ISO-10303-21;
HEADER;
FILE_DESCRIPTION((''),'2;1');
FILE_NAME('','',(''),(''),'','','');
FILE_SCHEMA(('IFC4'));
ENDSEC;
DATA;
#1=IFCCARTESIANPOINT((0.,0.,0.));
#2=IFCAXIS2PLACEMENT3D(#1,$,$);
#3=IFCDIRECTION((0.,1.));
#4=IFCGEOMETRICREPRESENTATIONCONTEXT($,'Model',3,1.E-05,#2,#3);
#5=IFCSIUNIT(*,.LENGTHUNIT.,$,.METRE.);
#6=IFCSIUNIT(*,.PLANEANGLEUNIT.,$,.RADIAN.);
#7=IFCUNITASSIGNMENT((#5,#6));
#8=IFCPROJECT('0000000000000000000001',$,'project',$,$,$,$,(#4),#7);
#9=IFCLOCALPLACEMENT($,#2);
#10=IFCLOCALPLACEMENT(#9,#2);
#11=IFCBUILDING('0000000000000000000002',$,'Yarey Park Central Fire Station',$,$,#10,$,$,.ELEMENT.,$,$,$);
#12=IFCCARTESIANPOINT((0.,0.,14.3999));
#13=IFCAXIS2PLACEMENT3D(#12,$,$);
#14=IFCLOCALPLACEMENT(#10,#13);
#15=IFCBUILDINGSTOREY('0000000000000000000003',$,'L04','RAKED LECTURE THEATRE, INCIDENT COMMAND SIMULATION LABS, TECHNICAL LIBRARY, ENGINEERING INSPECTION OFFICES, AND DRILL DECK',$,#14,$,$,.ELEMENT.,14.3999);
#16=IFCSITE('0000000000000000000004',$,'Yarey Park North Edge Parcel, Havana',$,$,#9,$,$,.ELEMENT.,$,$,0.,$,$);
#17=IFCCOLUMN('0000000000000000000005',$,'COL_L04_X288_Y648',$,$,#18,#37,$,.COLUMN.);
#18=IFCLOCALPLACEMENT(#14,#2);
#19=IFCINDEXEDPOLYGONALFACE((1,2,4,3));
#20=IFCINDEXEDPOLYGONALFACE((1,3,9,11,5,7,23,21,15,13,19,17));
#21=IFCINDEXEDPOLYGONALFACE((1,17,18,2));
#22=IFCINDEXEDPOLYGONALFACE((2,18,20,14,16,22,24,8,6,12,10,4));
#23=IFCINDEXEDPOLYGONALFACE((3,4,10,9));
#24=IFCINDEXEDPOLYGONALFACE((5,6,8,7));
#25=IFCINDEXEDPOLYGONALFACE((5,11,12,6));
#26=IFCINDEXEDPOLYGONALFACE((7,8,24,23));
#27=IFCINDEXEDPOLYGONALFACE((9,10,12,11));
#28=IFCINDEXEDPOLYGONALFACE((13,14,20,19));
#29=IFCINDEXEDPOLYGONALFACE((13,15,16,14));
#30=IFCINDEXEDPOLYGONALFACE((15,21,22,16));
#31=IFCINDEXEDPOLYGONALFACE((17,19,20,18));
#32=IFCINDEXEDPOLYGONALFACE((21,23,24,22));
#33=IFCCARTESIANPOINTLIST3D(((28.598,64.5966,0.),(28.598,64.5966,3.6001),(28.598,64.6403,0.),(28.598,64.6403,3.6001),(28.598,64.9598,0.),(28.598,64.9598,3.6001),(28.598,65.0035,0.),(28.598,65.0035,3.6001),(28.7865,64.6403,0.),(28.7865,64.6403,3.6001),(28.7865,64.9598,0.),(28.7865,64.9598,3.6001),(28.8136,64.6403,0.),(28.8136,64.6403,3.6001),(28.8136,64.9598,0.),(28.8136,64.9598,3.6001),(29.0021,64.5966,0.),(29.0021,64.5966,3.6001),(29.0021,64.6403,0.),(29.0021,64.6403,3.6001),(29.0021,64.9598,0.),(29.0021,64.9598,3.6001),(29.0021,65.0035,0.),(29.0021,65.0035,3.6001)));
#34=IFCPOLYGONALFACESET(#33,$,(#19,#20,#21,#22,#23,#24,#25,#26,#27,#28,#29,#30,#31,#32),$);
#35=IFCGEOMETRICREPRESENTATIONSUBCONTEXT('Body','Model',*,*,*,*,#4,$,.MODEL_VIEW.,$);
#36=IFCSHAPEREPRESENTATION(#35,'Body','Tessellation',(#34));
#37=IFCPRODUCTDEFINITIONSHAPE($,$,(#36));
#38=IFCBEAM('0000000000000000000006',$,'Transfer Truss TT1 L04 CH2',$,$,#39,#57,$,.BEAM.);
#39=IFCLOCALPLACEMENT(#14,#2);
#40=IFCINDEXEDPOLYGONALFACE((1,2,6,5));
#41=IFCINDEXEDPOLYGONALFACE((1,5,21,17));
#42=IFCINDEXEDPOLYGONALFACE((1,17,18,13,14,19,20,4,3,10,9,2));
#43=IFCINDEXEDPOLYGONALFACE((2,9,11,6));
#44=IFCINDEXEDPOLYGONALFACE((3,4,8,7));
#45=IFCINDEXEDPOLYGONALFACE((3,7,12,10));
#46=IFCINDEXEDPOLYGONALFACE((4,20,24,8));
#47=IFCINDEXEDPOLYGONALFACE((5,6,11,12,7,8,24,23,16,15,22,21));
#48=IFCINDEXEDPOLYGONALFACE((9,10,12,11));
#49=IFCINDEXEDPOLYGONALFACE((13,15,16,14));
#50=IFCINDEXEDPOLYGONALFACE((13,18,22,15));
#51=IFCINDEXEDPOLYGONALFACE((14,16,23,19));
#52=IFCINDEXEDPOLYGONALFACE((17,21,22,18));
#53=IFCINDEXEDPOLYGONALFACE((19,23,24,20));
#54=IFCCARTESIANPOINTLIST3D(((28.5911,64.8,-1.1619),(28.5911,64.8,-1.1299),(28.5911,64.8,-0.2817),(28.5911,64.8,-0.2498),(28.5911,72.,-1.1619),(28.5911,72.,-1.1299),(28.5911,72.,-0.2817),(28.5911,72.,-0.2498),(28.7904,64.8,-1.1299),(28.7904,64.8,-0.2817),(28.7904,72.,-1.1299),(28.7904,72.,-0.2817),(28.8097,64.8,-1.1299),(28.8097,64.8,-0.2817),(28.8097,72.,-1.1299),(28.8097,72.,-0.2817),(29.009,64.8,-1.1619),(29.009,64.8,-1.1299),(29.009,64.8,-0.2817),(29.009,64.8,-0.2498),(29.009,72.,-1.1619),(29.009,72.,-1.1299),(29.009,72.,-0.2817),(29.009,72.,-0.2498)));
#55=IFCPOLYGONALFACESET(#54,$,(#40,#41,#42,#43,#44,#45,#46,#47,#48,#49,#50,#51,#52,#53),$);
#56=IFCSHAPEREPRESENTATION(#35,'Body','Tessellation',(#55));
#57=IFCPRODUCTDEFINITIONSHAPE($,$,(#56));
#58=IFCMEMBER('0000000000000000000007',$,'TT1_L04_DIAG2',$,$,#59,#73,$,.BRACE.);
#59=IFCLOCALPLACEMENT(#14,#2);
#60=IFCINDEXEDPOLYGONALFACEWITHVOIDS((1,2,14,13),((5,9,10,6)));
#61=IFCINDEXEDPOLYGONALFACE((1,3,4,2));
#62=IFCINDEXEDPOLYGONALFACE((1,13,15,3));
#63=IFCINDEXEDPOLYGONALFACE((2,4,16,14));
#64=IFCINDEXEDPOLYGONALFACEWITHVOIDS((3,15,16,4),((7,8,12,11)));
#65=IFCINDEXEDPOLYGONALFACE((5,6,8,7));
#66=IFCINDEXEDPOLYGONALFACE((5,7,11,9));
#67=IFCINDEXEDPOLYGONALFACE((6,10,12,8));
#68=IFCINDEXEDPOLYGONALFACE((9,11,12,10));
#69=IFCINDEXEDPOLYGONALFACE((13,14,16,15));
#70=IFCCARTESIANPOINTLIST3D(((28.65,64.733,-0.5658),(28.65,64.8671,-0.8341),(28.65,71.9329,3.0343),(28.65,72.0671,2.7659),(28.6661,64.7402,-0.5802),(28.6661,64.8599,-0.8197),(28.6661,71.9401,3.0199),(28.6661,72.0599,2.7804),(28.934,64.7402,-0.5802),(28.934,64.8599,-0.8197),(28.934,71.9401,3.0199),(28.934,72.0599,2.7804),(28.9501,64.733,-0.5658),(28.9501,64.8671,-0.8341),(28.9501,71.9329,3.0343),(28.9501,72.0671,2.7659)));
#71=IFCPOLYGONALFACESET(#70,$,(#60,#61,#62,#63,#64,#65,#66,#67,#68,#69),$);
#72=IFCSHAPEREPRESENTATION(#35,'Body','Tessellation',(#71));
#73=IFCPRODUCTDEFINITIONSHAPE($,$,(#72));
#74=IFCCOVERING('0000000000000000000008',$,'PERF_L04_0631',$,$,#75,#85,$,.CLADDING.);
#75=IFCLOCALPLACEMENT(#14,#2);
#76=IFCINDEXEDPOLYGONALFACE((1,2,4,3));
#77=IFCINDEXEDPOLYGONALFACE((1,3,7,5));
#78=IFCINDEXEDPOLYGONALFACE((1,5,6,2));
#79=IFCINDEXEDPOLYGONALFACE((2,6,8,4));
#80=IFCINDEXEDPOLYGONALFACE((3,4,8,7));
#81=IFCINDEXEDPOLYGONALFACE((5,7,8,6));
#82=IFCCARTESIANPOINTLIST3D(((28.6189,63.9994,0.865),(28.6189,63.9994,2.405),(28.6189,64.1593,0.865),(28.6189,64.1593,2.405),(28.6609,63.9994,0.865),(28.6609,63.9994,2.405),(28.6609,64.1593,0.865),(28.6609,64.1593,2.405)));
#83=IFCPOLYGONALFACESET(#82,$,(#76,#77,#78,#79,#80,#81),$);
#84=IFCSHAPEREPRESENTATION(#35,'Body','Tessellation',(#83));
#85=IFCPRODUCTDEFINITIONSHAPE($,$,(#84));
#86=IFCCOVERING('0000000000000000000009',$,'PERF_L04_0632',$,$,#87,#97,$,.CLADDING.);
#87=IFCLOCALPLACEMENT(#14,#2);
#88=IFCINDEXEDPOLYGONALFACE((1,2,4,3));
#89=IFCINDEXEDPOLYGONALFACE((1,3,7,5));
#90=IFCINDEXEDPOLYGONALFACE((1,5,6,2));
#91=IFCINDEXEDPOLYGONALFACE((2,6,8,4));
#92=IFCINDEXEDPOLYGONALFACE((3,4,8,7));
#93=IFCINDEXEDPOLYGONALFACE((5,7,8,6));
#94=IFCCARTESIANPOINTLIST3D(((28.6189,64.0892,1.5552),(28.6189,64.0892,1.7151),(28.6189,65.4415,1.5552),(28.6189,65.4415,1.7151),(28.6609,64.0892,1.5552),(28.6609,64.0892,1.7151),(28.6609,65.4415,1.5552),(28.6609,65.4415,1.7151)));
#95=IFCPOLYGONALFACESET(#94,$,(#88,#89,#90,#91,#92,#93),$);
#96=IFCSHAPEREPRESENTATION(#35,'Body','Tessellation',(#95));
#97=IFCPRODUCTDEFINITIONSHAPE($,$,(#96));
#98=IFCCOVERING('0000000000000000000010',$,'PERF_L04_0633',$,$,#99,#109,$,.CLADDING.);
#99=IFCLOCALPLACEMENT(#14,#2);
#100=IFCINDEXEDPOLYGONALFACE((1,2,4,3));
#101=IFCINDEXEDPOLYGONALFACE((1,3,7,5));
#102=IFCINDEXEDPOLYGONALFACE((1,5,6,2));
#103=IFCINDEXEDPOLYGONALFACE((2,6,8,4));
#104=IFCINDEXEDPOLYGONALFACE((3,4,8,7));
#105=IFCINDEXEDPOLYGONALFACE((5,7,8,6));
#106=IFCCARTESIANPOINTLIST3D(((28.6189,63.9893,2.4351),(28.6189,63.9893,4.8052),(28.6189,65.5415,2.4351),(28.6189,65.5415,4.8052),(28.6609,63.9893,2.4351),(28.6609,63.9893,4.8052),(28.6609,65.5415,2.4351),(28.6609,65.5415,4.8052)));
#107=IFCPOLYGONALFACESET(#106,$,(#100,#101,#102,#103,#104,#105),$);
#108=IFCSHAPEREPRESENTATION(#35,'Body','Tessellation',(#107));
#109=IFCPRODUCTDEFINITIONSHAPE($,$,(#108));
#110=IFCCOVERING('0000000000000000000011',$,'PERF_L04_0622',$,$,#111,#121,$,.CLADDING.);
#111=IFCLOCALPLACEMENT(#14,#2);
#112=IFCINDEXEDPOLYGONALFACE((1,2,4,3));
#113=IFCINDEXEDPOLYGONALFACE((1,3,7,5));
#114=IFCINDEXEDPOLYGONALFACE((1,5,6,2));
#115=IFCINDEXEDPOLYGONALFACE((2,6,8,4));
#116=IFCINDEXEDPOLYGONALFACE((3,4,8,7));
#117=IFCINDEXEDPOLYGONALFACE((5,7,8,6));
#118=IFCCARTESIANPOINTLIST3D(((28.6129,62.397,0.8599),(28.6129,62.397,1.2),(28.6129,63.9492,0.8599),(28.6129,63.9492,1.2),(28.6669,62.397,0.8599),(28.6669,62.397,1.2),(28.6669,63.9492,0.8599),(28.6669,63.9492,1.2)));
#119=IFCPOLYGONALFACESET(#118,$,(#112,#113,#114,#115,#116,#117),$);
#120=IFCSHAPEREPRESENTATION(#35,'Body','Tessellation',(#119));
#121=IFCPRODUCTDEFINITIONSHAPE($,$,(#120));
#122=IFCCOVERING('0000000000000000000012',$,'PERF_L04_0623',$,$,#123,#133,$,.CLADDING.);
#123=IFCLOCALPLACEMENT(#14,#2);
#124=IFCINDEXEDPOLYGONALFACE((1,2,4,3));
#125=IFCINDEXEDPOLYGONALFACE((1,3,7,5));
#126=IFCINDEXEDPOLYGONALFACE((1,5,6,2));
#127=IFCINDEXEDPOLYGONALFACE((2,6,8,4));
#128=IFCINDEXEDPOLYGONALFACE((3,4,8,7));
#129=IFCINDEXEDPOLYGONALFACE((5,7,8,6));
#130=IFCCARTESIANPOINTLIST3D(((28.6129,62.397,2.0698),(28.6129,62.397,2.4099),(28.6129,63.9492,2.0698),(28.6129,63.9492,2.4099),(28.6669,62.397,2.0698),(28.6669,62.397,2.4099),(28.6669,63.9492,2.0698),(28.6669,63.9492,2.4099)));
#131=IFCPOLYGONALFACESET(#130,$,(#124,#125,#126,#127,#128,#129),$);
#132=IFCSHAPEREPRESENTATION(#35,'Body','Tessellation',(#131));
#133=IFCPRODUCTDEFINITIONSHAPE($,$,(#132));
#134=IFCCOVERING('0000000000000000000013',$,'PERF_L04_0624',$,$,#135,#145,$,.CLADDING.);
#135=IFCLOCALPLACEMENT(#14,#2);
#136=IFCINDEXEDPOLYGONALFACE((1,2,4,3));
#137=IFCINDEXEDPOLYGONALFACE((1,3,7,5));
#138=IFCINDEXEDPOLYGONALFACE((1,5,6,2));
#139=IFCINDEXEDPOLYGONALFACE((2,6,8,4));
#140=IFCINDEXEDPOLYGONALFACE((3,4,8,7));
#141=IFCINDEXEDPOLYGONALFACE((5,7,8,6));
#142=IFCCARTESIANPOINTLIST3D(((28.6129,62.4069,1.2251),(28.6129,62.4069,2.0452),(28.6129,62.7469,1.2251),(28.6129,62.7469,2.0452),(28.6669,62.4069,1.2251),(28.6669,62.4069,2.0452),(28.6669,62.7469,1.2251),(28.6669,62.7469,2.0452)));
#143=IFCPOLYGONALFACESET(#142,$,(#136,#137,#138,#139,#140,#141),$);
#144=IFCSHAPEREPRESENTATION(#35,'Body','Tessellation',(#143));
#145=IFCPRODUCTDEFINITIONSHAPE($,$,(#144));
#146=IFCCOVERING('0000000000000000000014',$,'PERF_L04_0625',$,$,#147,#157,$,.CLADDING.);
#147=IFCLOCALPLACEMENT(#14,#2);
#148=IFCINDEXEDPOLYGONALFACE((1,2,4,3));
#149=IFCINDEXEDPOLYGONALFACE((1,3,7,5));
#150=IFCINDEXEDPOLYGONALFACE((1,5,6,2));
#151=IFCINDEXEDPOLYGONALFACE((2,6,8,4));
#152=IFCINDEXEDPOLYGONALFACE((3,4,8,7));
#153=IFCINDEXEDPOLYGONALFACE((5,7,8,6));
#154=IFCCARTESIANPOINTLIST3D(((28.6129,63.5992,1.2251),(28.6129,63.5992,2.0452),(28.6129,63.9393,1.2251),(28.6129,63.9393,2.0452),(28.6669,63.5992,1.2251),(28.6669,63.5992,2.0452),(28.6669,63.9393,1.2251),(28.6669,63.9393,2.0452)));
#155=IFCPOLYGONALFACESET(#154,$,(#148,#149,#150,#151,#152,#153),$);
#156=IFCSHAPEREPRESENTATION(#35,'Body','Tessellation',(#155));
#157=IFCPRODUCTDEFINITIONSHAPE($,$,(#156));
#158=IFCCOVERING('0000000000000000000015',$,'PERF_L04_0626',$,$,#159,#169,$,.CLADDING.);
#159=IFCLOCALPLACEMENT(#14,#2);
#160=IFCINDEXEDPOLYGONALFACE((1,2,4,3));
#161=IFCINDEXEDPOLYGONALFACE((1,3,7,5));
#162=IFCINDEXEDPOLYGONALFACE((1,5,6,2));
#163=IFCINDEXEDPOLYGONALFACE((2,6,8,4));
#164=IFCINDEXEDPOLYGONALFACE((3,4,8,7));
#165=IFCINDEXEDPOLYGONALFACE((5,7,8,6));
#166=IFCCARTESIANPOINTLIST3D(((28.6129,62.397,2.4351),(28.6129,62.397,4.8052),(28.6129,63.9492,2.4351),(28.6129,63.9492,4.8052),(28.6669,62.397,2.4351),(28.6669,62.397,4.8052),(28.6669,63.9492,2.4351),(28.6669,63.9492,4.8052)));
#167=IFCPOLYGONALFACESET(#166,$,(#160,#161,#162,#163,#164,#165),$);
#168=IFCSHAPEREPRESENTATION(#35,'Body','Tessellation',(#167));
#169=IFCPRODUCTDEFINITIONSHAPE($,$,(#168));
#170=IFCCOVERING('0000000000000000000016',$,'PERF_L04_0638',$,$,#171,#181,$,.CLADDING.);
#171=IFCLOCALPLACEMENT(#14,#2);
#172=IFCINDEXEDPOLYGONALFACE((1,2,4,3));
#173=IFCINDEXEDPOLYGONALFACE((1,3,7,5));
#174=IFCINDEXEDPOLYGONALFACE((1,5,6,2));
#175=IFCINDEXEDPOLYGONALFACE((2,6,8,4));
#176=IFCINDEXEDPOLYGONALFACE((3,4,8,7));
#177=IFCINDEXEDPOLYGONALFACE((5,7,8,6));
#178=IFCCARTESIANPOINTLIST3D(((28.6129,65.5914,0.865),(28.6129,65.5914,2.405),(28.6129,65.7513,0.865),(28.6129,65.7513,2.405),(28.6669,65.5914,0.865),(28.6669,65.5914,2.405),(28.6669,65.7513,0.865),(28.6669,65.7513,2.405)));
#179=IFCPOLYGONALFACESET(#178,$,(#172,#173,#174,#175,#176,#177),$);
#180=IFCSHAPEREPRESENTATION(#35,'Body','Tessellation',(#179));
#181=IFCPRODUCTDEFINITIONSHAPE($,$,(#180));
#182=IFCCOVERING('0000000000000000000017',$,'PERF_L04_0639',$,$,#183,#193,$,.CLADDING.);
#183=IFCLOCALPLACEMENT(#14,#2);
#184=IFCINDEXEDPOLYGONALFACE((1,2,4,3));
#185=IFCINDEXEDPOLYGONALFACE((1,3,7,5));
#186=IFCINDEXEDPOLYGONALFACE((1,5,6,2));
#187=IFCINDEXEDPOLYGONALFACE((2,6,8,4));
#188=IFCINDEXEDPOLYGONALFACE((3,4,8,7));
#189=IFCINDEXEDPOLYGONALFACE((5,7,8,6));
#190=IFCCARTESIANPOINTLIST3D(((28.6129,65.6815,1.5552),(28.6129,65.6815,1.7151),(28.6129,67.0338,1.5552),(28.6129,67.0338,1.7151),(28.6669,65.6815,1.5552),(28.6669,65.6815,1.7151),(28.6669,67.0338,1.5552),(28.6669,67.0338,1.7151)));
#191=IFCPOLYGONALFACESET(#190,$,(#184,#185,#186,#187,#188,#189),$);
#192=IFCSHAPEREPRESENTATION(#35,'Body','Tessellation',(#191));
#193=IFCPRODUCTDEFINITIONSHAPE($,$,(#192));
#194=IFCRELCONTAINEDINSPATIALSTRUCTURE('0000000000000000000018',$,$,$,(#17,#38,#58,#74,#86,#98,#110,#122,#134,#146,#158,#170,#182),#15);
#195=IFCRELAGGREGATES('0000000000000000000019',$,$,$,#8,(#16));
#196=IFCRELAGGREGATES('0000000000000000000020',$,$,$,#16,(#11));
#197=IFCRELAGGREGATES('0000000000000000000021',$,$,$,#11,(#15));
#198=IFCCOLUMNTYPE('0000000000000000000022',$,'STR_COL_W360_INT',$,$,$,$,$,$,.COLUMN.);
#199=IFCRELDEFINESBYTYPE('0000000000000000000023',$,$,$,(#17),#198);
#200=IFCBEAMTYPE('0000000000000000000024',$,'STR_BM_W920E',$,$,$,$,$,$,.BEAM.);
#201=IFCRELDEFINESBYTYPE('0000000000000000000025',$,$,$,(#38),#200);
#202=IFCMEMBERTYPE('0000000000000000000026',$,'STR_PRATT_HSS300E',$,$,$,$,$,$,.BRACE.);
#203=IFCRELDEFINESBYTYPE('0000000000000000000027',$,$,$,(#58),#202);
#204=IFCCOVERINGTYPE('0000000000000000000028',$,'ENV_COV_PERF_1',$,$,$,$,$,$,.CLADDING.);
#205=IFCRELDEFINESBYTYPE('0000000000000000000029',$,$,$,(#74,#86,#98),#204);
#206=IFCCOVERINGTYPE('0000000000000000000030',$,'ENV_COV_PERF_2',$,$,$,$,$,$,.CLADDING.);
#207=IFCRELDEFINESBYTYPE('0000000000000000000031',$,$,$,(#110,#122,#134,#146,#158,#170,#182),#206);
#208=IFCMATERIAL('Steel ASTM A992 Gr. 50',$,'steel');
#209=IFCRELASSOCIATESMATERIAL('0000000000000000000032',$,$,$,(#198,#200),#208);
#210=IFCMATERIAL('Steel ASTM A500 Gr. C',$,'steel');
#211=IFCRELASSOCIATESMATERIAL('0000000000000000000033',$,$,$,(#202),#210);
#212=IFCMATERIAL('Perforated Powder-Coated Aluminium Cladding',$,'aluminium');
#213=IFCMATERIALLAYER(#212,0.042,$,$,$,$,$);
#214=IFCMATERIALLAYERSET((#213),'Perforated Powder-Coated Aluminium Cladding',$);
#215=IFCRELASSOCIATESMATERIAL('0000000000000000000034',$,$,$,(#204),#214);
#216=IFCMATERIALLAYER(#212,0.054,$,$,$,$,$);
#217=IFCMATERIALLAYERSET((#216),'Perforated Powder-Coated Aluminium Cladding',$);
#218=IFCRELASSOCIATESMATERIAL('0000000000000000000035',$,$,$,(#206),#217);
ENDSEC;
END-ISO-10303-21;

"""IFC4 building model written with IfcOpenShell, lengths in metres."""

from ifc_helpers import new_model, si_unit, direction, frame, origin, origin_2d, place, context, subcontext, project, spatial, rectangle, hollow_rectangle, i_section, extrude, material, layer, layer_set, material_profile, profile_set, type_object, element, save


model = new_model("IFC4")

# Units and contexts
model_context = context("Model", 3, precision=1e-05, world=origin(), true_north=direction((0.0, 1.0)))
body_context = subcontext(model_context, "Body", "Model", "MODEL_VIEW")
ifc_project = project(units=[si_unit("LENGTHUNIT", "METRE"), si_unit("PLANEANGLEUNIT", "RADIAN")], contexts=[model_context])

# Site, building, storey
site_placement = place(None, origin())
site = spatial("IfcSite", under=ifc_project, at=site_placement, Name="Yarey Park North Edge Parcel, Havana", CompositionType="ELEMENT", RefElevation=0.0)
building_placement = place(site_placement, origin())
building = spatial("IfcBuilding", under=site, at=building_placement, Name="Yarey Park Central Fire Station", CompositionType="ELEMENT")
storey_placement = place(building_placement, frame((0.0, 0.0, 14.3999)))
storey = spatial("IfcBuildingStorey", under=building, at=storey_placement, Name="L04", Description="RAKED LECTURE THEATRE, INCIDENT COMMAND SIMULATION LABS, TECHNICAL LIBRARY, ENGINEERING INSPECTION OFFICES, AND DRILL DECK", CompositionType="ELEMENT", Elevation=14.3999)

# Column
ifc_material_1 = material(Name="Steel ASTM A992 Gr. 50", Category="steel")
ifc_material_profile_1 = material_profile(ifc_material_1, i_section(OverallWidth=0.4041, OverallDepth=0.407, WebThickness=0.0271, FlangeThickness=0.0437, at=origin_2d()), Name="W360x347")
ifc_profile_set_1 = profile_set([ifc_material_profile_1], Name="Steel ASTM A992 Gr. 50")
column_type = type_object("IfcColumnType", Name="STR_COL_W360_INT", PredefinedType="COLUMN", material=ifc_profile_set_1)
column_placement = place(storey_placement, frame((28.8, 64.8, 0.0), z_axis=(0.0, 0.0, 1.0), x_axis=(1.0, 0.0, 0.0)))
element("IfcColumn", 1, at=column_placement, inside=storey, type_object=column_type, Name="COL_L04_X288_Y648", PredefinedType="COLUMN", context=body_context, shape_type="SweptSolid", body=[
    extrude(i_section(OverallWidth=0.4041, OverallDepth=0.407, WebThickness=0.0271, FlangeThickness=0.0437, at=origin_2d()), origin(), (0.0, 0.0, 1.0), 3.6001),
])

# Beam
ifc_material_profile_2 = material_profile(ifc_material_1, i_section(OverallWidth=0.418, OverallDepth=0.9121, WebThickness=0.0193, FlangeThickness=0.032, at=origin_2d()), Name="W920x342")
ifc_profile_set_2 = profile_set([ifc_material_profile_2], Name="Steel ASTM A992 Gr. 50")
beam_type = type_object("IfcBeamType", Name="STR_BM_W920E", PredefinedType="BEAM", material=ifc_profile_set_2)
beam_placement = place(storey_placement, frame((28.8, 64.8, -0.7058), z_axis=(0.0, 1.0, 0.0), x_axis=(-1.0, 0.0, 0.0)))
element("IfcBeam", 2, at=beam_placement, inside=storey, type_object=beam_type, Name="Transfer Truss TT1 L04 CH2", PredefinedType="BEAM", context=body_context, shape_type="SweptSolid", body=[
    extrude(i_section(OverallWidth=0.418, OverallDepth=0.9121, WebThickness=0.0193, FlangeThickness=0.032, at=origin_2d()), origin(), (0.0, 0.0, 1.0), 7.2),
])

# Member
ifc_material_2 = material(Name="Steel ASTM A500 Gr. C", Category="steel")
ifc_material_profile_3 = material_profile(ifc_material_2, hollow_rectangle(XDim=0.3, YDim=0.3, WallThickness=0.0161, at=origin_2d()), Name="HSS 300x300x16")
ifc_profile_set_3 = profile_set([ifc_material_profile_3], Name="Steel ASTM A500 Gr. C")
member_type = type_object("IfcMemberType", Name="STR_PRATT_HSS300E", PredefinedType="BRACE", material=ifc_profile_set_3)
member_placement = place(storey_placement, frame((28.8, 64.8, -0.7), z_axis=(0.0, 0.894421, 0.447226), x_axis=(-1.0, 0.0, 0.0)))
element("IfcMember", 3, at=member_placement, inside=storey, type_object=member_type, Name="TT1_L04_DIAG2", PredefinedType="BRACE", context=body_context, shape_type="SweptSolid", body=[
    extrude(hollow_rectangle(XDim=0.3, YDim=0.3, WallThickness=0.0161, at=origin_2d()), origin(), (0.0, 0.0, 1.0), 8.0498),
])

# Coverings
ifc_material_3 = material(Name="Perforated Powder-Coated Aluminium Cladding", Category="aluminium")
ifc_layer_1 = layer(ifc_material_3, 0.042)
ifc_layer_set_1 = layer_set([ifc_layer_1], Name="Perforated Powder-Coated Aluminium Cladding")
covering_type_1 = type_object("IfcCoveringType", Name="ENV_COV_PERF_1", PredefinedType="CLADDING", material=ifc_layer_set_1)
covering_1_placement = place(storey_placement, frame((28.6399, 64.0793, 0.865), z_axis=(0.0, 0.0, 1.0), x_axis=(0.0, 1.0, 0.0)))
element("IfcCovering", 4, at=covering_1_placement, inside=storey, type_object=covering_type_1, Name="PERF_L04_0631", PredefinedType="CLADDING", context=body_context, shape_type="SweptSolid", body=[
    extrude(rectangle(XDim=0.1599, YDim=0.042, at=origin_2d()), origin(), (0.0, 0.0, 1.0), 1.54),
])
covering_2_placement = place(storey_placement, frame((28.6399, 64.7654, 1.5552), z_axis=(0.0, 0.0, 1.0), x_axis=(0.0, 1.0, 0.0)))
element("IfcCovering", 5, at=covering_2_placement, inside=storey, type_object=covering_type_1, Name="PERF_L04_0632", PredefinedType="CLADDING", context=body_context, shape_type="SweptSolid", body=[
    extrude(rectangle(XDim=1.3523, YDim=0.042, at=origin_2d()), origin(), (0.0, 0.0, 1.0), 0.1599),
])
covering_3_placement = place(storey_placement, frame((28.6399, 64.7654, 2.4351), z_axis=(0.0, 0.0, 1.0), x_axis=(0.0, 1.0, 0.0)))
element("IfcCovering", 6, at=covering_3_placement, inside=storey, type_object=covering_type_1, Name="PERF_L04_0633", PredefinedType="CLADDING", context=body_context, shape_type="SweptSolid", body=[
    extrude(rectangle(XDim=1.5522, YDim=0.042, at=origin_2d()), origin(), (0.0, 0.0, 1.0), 2.3701),
])
ifc_layer_2 = layer(ifc_material_3, 0.054)
ifc_layer_set_2 = layer_set([ifc_layer_2], Name="Perforated Powder-Coated Aluminium Cladding")
covering_type_2 = type_object("IfcCoveringType", Name="ENV_COV_PERF_2", PredefinedType="CLADDING", material=ifc_layer_set_2)
for number, where, z_axis, x_axis, name in (
    (7, (28.6399, 63.1731, 0.8599), (0.0, 0.0, 1.0), (0.0, 1.0, 0.0), "PERF_L04_0622"),
    (8, (28.6399, 63.1731, 2.0698), (0.0, 0.0, 1.0), (0.0, 1.0, 0.0), "PERF_L04_0623"),
):
    element("IfcCovering", number, at=place(storey_placement, frame(where, z_axis=z_axis, x_axis=x_axis)), inside=storey, type_object=covering_type_2, Name=name, PredefinedType="CLADDING", context=body_context, shape_type="SweptSolid", body=[
        extrude(rectangle(XDim=1.5522, YDim=0.054, at=origin_2d()), origin(), (0.0, 0.0, 1.0), 0.3401),
    ])
for number, where, z_axis, x_axis, name in (
    (9, (28.6399, 62.5769, 1.2251), (0.0, 0.0, 1.0), (0.0, 1.0, 0.0), "PERF_L04_0624"),
    (10, (28.6399, 63.7693, 1.2251), (0.0, 0.0, 1.0), (0.0, 1.0, 0.0), "PERF_L04_0625"),
):
    element("IfcCovering", number, at=place(storey_placement, frame(where, z_axis=z_axis, x_axis=x_axis)), inside=storey, type_object=covering_type_2, Name=name, PredefinedType="CLADDING", context=body_context, shape_type="SweptSolid", body=[
        extrude(rectangle(XDim=0.3401, YDim=0.054, at=origin_2d()), origin(), (0.0, 0.0, 1.0), 0.8201),
    ])
covering_4_placement = place(storey_placement, frame((28.6399, 63.1731, 2.4351), z_axis=(0.0, 0.0, 1.0), x_axis=(0.0, 1.0, 0.0)))
element("IfcCovering", 11, at=covering_4_placement, inside=storey, type_object=covering_type_2, Name="PERF_L04_0626", PredefinedType="CLADDING", context=body_context, shape_type="SweptSolid", body=[
    extrude(rectangle(XDim=1.5522, YDim=0.054, at=origin_2d()), origin(), (0.0, 0.0, 1.0), 2.3701),
])
covering_5_placement = place(storey_placement, frame((28.6399, 65.6714, 0.865), z_axis=(0.0, 0.0, 1.0), x_axis=(0.0, 1.0, 0.0)))
element("IfcCovering", 12, at=covering_5_placement, inside=storey, type_object=covering_type_2, Name="PERF_L04_0638", PredefinedType="CLADDING", context=body_context, shape_type="SweptSolid", body=[
    extrude(rectangle(XDim=0.1599, YDim=0.054, at=origin_2d()), origin(), (0.0, 0.0, 1.0), 1.54),
])
covering_6_placement = place(storey_placement, frame((28.6399, 66.3577, 1.5552), z_axis=(0.0, 0.0, 1.0), x_axis=(0.0, 1.0, 0.0)))
element("IfcCovering", 13, at=covering_6_placement, inside=storey, type_object=covering_type_2, Name="PERF_L04_0639", PredefinedType="CLADDING", context=body_context, shape_type="SweptSolid", body=[
    extrude(rectangle(XDim=1.3523, YDim=0.054, at=origin_2d()), origin(), (0.0, 0.0, 1.0), 0.1599),
])

save(model, "model.ifc")
